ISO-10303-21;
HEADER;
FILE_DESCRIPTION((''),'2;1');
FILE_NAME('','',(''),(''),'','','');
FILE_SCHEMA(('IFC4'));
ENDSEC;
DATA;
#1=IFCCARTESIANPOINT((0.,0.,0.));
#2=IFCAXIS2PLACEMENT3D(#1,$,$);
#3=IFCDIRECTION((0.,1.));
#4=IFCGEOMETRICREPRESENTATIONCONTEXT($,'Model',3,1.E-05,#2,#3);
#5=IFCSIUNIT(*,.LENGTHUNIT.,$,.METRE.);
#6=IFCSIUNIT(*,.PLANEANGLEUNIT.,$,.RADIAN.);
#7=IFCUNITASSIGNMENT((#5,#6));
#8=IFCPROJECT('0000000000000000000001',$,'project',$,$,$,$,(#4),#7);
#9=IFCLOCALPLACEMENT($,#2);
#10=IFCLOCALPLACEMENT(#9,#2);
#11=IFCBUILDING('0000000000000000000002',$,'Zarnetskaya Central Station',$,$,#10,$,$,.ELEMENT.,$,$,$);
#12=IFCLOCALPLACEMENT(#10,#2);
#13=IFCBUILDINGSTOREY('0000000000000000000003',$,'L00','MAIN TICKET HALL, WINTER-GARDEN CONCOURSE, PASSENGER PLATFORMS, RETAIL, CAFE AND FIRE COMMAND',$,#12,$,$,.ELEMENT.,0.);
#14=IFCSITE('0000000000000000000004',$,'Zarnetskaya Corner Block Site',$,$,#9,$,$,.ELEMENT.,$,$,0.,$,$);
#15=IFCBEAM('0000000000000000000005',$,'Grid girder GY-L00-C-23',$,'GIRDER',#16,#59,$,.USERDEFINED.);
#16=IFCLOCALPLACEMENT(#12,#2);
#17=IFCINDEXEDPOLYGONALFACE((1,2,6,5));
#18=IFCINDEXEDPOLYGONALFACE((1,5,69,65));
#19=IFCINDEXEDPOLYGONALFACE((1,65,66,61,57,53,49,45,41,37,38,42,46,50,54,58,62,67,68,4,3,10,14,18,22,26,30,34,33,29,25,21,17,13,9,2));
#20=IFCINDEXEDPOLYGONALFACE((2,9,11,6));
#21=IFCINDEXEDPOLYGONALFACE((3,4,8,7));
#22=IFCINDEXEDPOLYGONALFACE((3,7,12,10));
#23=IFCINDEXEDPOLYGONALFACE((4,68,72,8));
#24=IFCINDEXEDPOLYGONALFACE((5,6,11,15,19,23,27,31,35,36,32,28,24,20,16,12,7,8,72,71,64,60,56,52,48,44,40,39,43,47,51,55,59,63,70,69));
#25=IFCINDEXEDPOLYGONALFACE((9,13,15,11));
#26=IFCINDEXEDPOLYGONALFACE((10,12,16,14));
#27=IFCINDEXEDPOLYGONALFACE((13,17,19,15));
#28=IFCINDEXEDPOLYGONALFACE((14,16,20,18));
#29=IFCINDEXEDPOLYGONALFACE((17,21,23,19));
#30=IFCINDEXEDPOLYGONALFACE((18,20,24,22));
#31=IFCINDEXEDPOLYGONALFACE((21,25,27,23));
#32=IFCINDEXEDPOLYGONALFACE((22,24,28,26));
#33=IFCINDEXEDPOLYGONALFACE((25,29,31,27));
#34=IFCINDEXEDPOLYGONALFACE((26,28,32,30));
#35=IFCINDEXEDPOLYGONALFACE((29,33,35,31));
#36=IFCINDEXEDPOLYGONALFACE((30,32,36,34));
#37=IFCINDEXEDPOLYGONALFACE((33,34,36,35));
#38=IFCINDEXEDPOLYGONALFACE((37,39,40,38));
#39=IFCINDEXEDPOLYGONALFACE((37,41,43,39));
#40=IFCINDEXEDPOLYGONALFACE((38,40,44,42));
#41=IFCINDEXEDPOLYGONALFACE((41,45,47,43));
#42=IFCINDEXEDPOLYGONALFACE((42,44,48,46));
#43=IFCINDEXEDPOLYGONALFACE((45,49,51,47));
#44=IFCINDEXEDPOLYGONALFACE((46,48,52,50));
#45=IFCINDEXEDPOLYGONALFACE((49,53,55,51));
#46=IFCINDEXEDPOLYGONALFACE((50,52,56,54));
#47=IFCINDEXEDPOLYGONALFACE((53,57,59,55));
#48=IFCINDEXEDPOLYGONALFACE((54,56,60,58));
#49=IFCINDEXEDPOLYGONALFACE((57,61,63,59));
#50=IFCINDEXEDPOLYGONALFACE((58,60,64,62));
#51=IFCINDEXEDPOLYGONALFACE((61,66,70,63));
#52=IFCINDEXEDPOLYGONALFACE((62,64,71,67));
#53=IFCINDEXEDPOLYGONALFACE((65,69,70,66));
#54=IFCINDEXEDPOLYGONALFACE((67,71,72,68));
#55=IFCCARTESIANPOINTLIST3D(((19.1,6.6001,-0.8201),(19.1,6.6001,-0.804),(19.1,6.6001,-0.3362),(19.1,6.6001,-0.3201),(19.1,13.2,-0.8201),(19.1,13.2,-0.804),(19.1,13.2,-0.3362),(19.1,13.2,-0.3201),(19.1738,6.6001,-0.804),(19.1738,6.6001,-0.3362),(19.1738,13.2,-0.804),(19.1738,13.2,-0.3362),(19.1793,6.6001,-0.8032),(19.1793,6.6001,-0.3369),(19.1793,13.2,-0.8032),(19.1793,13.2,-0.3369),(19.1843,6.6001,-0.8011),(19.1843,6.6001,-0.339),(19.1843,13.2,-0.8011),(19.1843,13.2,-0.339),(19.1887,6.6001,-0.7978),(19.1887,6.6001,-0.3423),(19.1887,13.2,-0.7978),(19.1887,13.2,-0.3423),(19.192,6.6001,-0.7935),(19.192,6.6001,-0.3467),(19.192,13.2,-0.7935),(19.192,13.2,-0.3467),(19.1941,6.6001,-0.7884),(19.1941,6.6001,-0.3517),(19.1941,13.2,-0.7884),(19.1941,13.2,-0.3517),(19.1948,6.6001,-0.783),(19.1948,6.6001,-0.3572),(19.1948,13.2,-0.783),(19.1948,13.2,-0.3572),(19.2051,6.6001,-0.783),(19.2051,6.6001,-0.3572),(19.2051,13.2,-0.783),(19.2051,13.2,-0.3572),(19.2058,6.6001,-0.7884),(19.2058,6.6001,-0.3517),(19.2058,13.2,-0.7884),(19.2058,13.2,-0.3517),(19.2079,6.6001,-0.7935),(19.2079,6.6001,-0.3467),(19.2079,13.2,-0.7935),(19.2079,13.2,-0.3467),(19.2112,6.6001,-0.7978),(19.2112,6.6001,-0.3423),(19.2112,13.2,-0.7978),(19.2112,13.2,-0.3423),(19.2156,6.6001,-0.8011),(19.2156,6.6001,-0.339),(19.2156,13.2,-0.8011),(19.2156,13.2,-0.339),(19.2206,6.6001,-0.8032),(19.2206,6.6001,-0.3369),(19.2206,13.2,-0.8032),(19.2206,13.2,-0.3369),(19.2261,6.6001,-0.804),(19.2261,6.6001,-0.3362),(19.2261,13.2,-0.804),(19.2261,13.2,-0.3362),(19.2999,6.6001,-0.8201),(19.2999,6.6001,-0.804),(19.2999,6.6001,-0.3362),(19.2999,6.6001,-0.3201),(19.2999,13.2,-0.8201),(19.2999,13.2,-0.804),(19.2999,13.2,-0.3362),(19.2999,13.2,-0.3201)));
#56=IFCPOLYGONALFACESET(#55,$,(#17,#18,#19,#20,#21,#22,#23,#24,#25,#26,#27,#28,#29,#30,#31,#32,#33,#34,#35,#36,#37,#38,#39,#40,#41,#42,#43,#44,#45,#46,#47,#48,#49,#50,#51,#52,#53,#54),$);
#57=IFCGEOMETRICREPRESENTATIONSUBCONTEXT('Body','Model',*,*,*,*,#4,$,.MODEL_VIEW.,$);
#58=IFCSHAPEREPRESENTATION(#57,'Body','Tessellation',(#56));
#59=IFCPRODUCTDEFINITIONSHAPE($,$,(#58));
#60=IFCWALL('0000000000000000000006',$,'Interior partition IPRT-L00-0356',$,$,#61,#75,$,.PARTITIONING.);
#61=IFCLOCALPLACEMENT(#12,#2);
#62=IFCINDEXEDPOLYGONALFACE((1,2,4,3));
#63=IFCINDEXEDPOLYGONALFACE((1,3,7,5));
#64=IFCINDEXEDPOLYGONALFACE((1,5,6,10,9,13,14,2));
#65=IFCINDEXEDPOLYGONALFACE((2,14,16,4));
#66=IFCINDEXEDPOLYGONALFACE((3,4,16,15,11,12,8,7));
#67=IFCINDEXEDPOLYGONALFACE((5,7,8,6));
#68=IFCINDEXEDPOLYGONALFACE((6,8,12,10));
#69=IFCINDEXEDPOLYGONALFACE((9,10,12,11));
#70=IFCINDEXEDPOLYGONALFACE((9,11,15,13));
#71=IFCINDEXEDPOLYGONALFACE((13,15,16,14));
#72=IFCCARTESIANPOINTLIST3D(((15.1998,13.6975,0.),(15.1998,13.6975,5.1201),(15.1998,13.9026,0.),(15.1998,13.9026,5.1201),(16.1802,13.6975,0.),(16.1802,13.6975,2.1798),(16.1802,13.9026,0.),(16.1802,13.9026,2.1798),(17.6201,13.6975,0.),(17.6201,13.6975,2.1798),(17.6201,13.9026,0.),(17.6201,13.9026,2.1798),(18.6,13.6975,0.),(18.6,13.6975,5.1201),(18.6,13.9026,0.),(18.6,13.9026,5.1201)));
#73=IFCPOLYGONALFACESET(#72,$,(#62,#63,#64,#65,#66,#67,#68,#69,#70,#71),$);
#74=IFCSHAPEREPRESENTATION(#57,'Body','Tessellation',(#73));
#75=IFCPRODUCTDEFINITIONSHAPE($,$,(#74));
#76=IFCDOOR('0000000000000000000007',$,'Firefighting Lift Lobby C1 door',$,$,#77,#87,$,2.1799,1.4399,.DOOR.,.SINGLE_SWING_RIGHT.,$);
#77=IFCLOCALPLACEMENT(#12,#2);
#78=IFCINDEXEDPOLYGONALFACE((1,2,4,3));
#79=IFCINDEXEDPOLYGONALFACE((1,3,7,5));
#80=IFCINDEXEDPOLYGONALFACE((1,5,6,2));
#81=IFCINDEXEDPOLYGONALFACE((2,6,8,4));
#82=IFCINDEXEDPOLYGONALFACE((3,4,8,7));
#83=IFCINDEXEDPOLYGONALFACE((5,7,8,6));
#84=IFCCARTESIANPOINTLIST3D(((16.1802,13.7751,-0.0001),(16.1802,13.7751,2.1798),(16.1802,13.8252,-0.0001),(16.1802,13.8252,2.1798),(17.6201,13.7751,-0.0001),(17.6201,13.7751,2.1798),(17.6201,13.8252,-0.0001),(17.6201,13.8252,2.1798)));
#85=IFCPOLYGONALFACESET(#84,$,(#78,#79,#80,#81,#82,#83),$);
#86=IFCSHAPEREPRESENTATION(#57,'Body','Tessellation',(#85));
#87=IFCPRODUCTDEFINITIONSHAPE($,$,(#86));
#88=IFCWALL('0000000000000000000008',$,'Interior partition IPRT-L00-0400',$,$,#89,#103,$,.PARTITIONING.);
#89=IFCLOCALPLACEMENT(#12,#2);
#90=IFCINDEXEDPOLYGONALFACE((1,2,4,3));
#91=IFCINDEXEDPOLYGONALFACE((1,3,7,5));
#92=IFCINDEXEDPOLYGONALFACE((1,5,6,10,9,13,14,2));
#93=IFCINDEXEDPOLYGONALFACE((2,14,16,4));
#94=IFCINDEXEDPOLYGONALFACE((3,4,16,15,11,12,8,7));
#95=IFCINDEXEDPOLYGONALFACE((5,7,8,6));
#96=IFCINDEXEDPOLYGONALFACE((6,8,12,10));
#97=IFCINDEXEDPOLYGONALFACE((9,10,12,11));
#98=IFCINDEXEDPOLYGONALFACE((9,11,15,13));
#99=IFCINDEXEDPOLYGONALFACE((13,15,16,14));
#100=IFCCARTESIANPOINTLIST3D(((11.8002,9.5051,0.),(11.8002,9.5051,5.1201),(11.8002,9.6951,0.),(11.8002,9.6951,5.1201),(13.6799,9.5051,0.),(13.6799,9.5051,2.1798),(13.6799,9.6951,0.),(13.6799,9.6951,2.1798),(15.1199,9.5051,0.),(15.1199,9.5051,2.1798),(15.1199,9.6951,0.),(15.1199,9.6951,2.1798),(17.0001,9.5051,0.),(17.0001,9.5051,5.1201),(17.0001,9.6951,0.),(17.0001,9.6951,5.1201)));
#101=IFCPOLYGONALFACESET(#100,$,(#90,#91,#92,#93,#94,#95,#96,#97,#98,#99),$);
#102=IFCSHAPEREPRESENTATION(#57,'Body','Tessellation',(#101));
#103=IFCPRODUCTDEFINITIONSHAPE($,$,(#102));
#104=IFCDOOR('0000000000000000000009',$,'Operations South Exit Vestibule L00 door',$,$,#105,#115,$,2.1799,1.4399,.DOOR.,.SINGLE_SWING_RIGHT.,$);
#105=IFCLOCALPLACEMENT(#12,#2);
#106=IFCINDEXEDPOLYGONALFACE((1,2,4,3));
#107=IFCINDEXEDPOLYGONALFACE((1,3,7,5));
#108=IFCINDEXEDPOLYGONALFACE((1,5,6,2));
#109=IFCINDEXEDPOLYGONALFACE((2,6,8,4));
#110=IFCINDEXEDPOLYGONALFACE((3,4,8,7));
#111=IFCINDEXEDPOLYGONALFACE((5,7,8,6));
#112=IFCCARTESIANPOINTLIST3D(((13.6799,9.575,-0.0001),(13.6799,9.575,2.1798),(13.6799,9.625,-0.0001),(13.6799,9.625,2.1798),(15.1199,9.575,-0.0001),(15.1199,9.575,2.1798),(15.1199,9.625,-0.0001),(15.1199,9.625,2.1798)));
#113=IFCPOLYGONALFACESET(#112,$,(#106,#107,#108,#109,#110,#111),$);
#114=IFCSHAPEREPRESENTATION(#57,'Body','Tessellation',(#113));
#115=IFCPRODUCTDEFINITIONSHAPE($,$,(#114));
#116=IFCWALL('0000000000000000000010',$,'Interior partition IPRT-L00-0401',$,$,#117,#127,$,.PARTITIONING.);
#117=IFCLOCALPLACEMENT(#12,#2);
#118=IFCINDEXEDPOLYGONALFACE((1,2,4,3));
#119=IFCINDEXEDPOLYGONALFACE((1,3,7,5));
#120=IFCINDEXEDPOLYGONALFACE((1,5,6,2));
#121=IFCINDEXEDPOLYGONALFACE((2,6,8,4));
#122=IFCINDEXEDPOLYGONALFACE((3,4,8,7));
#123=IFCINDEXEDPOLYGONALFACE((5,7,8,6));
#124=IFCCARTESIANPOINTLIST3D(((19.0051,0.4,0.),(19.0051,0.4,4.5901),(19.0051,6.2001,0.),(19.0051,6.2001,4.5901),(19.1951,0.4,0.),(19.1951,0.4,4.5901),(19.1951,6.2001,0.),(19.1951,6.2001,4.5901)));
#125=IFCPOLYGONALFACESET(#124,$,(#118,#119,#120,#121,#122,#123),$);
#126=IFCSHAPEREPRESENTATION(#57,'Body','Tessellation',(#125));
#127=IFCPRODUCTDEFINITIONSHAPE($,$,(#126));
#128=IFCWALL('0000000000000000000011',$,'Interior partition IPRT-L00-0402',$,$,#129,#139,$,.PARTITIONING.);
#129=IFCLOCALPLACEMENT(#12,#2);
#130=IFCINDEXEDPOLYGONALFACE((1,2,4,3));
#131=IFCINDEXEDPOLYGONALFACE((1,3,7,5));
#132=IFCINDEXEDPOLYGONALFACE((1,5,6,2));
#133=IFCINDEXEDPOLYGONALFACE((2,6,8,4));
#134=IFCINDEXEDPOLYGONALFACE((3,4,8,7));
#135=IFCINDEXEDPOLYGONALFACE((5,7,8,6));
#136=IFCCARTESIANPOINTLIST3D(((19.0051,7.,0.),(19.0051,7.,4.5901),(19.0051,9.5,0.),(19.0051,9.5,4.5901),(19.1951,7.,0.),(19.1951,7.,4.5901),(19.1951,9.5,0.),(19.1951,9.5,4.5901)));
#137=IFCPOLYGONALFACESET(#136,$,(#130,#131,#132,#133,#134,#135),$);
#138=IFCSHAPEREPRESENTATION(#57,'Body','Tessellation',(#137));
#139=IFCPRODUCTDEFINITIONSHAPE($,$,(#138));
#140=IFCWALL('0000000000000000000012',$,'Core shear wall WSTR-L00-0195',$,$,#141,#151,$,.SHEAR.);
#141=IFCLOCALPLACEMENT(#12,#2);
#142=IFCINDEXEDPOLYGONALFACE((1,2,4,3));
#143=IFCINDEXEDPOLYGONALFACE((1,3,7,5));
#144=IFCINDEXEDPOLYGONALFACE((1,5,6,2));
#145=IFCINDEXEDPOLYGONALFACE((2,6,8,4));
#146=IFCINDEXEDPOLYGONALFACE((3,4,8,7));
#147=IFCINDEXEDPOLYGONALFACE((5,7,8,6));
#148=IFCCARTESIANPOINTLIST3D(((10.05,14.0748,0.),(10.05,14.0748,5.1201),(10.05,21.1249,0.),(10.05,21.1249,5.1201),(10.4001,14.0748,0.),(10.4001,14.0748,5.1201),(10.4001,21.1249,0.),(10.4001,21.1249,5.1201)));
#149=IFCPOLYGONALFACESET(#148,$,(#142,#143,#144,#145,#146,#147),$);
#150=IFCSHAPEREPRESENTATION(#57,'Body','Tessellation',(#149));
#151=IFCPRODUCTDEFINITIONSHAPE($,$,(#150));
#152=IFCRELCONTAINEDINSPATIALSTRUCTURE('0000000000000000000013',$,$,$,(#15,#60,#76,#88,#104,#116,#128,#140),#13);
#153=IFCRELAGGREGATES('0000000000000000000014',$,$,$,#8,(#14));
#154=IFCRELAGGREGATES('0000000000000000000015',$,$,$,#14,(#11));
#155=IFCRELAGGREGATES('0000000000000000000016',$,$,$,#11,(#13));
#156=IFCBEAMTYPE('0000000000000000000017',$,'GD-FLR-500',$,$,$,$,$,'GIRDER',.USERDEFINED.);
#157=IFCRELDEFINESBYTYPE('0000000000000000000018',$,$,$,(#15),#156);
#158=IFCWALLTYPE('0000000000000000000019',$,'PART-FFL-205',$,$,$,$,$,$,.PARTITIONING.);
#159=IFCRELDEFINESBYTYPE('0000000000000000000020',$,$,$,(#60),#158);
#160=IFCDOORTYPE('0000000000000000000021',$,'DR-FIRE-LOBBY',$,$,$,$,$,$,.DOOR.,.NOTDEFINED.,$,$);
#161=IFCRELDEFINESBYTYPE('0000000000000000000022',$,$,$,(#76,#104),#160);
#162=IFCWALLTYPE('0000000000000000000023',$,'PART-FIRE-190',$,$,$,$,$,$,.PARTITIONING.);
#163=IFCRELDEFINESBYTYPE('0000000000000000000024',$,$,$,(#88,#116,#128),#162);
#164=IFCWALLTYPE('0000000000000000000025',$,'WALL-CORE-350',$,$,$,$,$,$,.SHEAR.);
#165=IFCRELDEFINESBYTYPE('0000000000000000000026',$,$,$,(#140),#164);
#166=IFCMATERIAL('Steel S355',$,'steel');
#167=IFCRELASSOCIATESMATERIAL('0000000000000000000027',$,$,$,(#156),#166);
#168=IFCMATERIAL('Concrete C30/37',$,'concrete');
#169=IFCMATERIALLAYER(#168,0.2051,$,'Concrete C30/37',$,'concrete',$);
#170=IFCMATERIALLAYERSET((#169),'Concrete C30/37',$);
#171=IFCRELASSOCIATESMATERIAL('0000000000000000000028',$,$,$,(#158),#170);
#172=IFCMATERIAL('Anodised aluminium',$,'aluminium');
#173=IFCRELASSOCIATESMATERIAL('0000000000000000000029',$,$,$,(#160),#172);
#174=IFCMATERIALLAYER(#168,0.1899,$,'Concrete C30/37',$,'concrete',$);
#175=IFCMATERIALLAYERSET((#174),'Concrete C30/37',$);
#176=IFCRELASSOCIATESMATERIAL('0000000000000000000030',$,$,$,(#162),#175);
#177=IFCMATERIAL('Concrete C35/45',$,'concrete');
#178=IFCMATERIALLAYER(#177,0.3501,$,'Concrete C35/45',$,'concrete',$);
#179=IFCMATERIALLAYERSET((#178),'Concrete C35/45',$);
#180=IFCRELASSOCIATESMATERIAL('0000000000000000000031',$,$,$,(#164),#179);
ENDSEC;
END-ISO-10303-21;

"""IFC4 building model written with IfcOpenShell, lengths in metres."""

from ifc_helpers import new_model, si_unit, direction, frame, frame_2d, origin, origin_2d, place, context, subcontext, project, spatial, rectangle, i_section, extrude, material, layer, layer_set, material_profile, profile_set, type_object, element, fill, save


model = new_model("IFC4")

# Units and contexts
model_context = context("Model", 3, precision=1e-05, world=origin(), true_north=direction((0.0, 1.0)))
body_context = subcontext(model_context, "Body", "Model", "MODEL_VIEW")
ifc_project = project(units=[si_unit("LENGTHUNIT", "METRE"), si_unit("PLANEANGLEUNIT", "RADIAN")], contexts=[model_context])

# Site, building, storey
site_placement = place(None, origin())
site = spatial("IfcSite", under=ifc_project, at=site_placement, Name="Zarnetskaya Corner Block Site", CompositionType="ELEMENT", RefElevation=0.0)
building_placement = place(site_placement, origin())
building = spatial("IfcBuilding", under=site, at=building_placement, Name="Zarnetskaya Central Station", CompositionType="ELEMENT")
storey_placement = place(building_placement, origin())
storey = spatial("IfcBuildingStorey", under=building, at=storey_placement, Name="L00", Description="MAIN TICKET HALL, WINTER-GARDEN CONCOURSE, PASSENGER PLATFORMS, RETAIL, CAFE AND FIRE COMMAND", CompositionType="ELEMENT", Elevation=0.0)

# Shared definitions
ifc_material_1 = material(Name="Concrete C35/45", Category="concrete")
ifc_material_2 = material(Name="Steel S355", Category="steel")

# Beam
ifc_material_profile_1 = material_profile(ifc_material_2, i_section(OverallWidth=0.2, OverallDepth=0.5, WebThickness=0.0103, FlangeThickness=0.0161, FilletRadius=0.021, at=origin_2d()), Name="IPE 500")
ifc_profile_set_1 = profile_set([ifc_material_profile_1], Name="Steel S355")
beam_type_1 = type_object("IfcBeamType", Name="GD-FLR-500", ElementType="GIRDER", PredefinedType="USERDEFINED", material=ifc_profile_set_1)
beam_1_placement = place(storey_placement, frame((19.2, 6.6001, -0.5701), z_axis=(0.0, 1.0, 0.0), x_axis=(-1.0, 0.0, 0.0)))
element("IfcBeam", 1, at=beam_1_placement, inside=storey, type_object=beam_type_1, Name="Grid girder GY-L00-C-23", ObjectType="GIRDER", PredefinedType="USERDEFINED", context=body_context, shape_type="SweptSolid", body=[
    extrude(i_section(OverallWidth=0.2, OverallDepth=0.5, WebThickness=0.0103, FlangeThickness=0.0161, FilletRadius=0.021, at=origin_2d()), origin(), (0.0, 0.0, 1.0), 6.5999),
])

# Walls, openings, doors
ifc_material_3 = material(Name="Concrete C30/37", Category="concrete")
ifc_layer_1 = layer(ifc_material_3, 0.2051, Name="Concrete C30/37", Category="concrete")
ifc_layer_set_1 = layer_set([ifc_layer_1], Name="Concrete C30/37")
wall_type_1 = type_object("IfcWallType", Name="PART-FFL-205", PredefinedType="PARTITIONING", material=ifc_layer_set_1)
wall_1_placement = place(storey_placement, frame((18.6001, 13.8, 0.0), z_axis=(0.0, 0.0, 1.0), x_axis=(-1.0, 0.0, 0.0)))
wall_1 = element("IfcWall", 2, at=wall_1_placement, inside=storey, type_object=wall_type_1, Name="Interior partition IPRT-L00-0356", PredefinedType="PARTITIONING", context=body_context, shape_type="SweptSolid", body=[
    extrude(rectangle(XDim=3.4001, YDim=0.2051, at=frame_2d((1.7002, 0.0))), origin(), (0.0, 0.0, 1.0), 5.1201),
])
opening_1_placement = place(wall_1_placement, frame((0.98, 0.0, 0.0)))
opening_1 = element("IfcOpeningElement", 3, at=opening_1_placement, cuts=wall_1, PredefinedType="OPENING", context=body_context, shape_type="SweptSolid", body=[
    extrude(rectangle(XDim=1.4399, YDim=2.1799, at=frame_2d((0.72, 1.0898))), frame((0.0, 0.1125, 0.0), z_axis=(0.0, -1.0, 0.0), x_axis=(1.0, 0.0, 0.0)), (0.0, 0.0, 1.0), 0.2251),
])
ifc_material_4 = material(Name="Anodised aluminium", Category="aluminium")
door_type_1 = type_object("IfcDoorType", Name="DR-FIRE-LOBBY", OperationType="NOTDEFINED", PredefinedType="DOOR", material=ifc_material_4)
door_1_placement = place(opening_1_placement, origin())
door_1 = element("IfcDoor", 4, at=door_1_placement, inside=storey, type_object=door_type_1, Name="Firefighting Lift Lobby C1 door", OperationType="SINGLE_SWING_RIGHT", OverallHeight=2.1799, OverallWidth=1.4399, PredefinedType="DOOR", context=body_context, shape_type="SweptSolid", body=[
    extrude(rectangle(XDim=1.4399, YDim=2.1799, at=frame_2d((0.72, 1.0898))), frame((0.0, 0.0249, 0.0), z_axis=(0.0, -1.0, 0.0), x_axis=(1.0, 0.0, 0.0)), (0.0, 0.0, 1.0), 0.05),
])
fill(opening_1, door_1)
ifc_layer_2 = layer(ifc_material_3, 0.1899, Name="Concrete C30/37", Category="concrete")
ifc_layer_set_2 = layer_set([ifc_layer_2], Name="Concrete C30/37")
wall_type_2 = type_object("IfcWallType", Name="PART-FIRE-190", PredefinedType="PARTITIONING", material=ifc_layer_set_2)
wall_2_placement = place(storey_placement, frame((11.8, 9.6001, 0.0), z_axis=(0.0, 0.0, 1.0), x_axis=(1.0, 0.0, 0.0)))
wall_2 = element("IfcWall", 5, at=wall_2_placement, inside=storey, type_object=wall_type_2, Name="Interior partition IPRT-L00-0400", PredefinedType="PARTITIONING", context=body_context, shape_type="SweptSolid", body=[
    extrude(rectangle(XDim=5.2, YDim=0.1899, at=frame_2d((2.6001, 0.0))), origin(), (0.0, 0.0, 1.0), 5.1201),
])
opening_2_placement = place(wall_2_placement, frame((1.8799, 0.0, 0.0)))
opening_2 = element("IfcOpeningElement", 6, at=opening_2_placement, cuts=wall_2, PredefinedType="OPENING", context=body_context, shape_type="SweptSolid", body=[
    extrude(rectangle(XDim=1.4399, YDim=2.1799, at=frame_2d((0.72, 1.0898))), frame((0.0, 0.105, 0.0), z_axis=(0.0, -1.0, 0.0), x_axis=(1.0, 0.0, 0.0)), (0.0, 0.0, 1.0), 0.21),
])
door_2_placement = place(opening_2_placement, origin())
door_2 = element("IfcDoor", 7, at=door_2_placement, inside=storey, type_object=door_type_1, Name="Operations South Exit Vestibule L00 door", OperationType="SINGLE_SWING_RIGHT", OverallHeight=2.1799, OverallWidth=1.4399, PredefinedType="DOOR", context=body_context, shape_type="SweptSolid", body=[
    extrude(rectangle(XDim=1.4399, YDim=2.1799, at=frame_2d((0.72, 1.0898))), frame((0.0, 0.0249, 0.0), z_axis=(0.0, -1.0, 0.0), x_axis=(1.0, 0.0, 0.0)), (0.0, 0.0, 1.0), 0.05),
])
fill(opening_2, door_2)

# Walls
wall_3_placement = place(storey_placement, frame((19.1001, 6.2, 0.0), z_axis=(0.0, 0.0, 1.0), x_axis=(0.0, -1.0, 0.0)))
element("IfcWall", 8, at=wall_3_placement, inside=storey, type_object=wall_type_2, Name="Interior partition IPRT-L00-0401", PredefinedType="PARTITIONING", context=body_context, shape_type="SweptSolid", body=[
    extrude(rectangle(XDim=5.8, YDim=0.1899, at=frame_2d((2.8999, 0.0))), origin(), (0.0, 0.0, 1.0), 4.5901),
])
wall_4_placement = place(storey_placement, frame((19.1001, 9.5, 0.0), z_axis=(0.0, 0.0, 1.0), x_axis=(0.0, -1.0, 0.0)))
element("IfcWall", 9, at=wall_4_placement, inside=storey, type_object=wall_type_2, Name="Interior partition IPRT-L00-0402", PredefinedType="PARTITIONING", context=body_context, shape_type="SweptSolid", body=[
    extrude(rectangle(XDim=2.5, YDim=0.1899, at=frame_2d((1.25, 0.0))), origin(), (0.0, 0.0, 1.0), 4.5901),
])

# Shared definitions
ifc_layer_3 = layer(ifc_material_1, 0.3501, Name="Concrete C35/45", Category="concrete")
ifc_layer_set_3 = layer_set([ifc_layer_3], Name="Concrete C35/45")
wall_type_3 = type_object("IfcWallType", Name="WALL-CORE-350", PredefinedType="SHEAR", material=ifc_layer_set_3)

# Wall
wall_5_placement = place(storey_placement, frame((10.2251, 14.075, 0.0), z_axis=(0.0, 0.0, 1.0), x_axis=(0.0, 1.0, 0.0)))
element("IfcWall", 10, at=wall_5_placement, inside=storey, type_object=wall_type_3, Name="Core shear wall WSTR-L00-0195", PredefinedType="SHEAR", context=body_context, shape_type="SweptSolid", body=[
    extrude(rectangle(XDim=7.05, YDim=0.3501, at=frame_2d((3.5249, 0.0))), origin(), (0.0, 0.0, 1.0), 5.1201),
])

save(model, "model.ifc")
